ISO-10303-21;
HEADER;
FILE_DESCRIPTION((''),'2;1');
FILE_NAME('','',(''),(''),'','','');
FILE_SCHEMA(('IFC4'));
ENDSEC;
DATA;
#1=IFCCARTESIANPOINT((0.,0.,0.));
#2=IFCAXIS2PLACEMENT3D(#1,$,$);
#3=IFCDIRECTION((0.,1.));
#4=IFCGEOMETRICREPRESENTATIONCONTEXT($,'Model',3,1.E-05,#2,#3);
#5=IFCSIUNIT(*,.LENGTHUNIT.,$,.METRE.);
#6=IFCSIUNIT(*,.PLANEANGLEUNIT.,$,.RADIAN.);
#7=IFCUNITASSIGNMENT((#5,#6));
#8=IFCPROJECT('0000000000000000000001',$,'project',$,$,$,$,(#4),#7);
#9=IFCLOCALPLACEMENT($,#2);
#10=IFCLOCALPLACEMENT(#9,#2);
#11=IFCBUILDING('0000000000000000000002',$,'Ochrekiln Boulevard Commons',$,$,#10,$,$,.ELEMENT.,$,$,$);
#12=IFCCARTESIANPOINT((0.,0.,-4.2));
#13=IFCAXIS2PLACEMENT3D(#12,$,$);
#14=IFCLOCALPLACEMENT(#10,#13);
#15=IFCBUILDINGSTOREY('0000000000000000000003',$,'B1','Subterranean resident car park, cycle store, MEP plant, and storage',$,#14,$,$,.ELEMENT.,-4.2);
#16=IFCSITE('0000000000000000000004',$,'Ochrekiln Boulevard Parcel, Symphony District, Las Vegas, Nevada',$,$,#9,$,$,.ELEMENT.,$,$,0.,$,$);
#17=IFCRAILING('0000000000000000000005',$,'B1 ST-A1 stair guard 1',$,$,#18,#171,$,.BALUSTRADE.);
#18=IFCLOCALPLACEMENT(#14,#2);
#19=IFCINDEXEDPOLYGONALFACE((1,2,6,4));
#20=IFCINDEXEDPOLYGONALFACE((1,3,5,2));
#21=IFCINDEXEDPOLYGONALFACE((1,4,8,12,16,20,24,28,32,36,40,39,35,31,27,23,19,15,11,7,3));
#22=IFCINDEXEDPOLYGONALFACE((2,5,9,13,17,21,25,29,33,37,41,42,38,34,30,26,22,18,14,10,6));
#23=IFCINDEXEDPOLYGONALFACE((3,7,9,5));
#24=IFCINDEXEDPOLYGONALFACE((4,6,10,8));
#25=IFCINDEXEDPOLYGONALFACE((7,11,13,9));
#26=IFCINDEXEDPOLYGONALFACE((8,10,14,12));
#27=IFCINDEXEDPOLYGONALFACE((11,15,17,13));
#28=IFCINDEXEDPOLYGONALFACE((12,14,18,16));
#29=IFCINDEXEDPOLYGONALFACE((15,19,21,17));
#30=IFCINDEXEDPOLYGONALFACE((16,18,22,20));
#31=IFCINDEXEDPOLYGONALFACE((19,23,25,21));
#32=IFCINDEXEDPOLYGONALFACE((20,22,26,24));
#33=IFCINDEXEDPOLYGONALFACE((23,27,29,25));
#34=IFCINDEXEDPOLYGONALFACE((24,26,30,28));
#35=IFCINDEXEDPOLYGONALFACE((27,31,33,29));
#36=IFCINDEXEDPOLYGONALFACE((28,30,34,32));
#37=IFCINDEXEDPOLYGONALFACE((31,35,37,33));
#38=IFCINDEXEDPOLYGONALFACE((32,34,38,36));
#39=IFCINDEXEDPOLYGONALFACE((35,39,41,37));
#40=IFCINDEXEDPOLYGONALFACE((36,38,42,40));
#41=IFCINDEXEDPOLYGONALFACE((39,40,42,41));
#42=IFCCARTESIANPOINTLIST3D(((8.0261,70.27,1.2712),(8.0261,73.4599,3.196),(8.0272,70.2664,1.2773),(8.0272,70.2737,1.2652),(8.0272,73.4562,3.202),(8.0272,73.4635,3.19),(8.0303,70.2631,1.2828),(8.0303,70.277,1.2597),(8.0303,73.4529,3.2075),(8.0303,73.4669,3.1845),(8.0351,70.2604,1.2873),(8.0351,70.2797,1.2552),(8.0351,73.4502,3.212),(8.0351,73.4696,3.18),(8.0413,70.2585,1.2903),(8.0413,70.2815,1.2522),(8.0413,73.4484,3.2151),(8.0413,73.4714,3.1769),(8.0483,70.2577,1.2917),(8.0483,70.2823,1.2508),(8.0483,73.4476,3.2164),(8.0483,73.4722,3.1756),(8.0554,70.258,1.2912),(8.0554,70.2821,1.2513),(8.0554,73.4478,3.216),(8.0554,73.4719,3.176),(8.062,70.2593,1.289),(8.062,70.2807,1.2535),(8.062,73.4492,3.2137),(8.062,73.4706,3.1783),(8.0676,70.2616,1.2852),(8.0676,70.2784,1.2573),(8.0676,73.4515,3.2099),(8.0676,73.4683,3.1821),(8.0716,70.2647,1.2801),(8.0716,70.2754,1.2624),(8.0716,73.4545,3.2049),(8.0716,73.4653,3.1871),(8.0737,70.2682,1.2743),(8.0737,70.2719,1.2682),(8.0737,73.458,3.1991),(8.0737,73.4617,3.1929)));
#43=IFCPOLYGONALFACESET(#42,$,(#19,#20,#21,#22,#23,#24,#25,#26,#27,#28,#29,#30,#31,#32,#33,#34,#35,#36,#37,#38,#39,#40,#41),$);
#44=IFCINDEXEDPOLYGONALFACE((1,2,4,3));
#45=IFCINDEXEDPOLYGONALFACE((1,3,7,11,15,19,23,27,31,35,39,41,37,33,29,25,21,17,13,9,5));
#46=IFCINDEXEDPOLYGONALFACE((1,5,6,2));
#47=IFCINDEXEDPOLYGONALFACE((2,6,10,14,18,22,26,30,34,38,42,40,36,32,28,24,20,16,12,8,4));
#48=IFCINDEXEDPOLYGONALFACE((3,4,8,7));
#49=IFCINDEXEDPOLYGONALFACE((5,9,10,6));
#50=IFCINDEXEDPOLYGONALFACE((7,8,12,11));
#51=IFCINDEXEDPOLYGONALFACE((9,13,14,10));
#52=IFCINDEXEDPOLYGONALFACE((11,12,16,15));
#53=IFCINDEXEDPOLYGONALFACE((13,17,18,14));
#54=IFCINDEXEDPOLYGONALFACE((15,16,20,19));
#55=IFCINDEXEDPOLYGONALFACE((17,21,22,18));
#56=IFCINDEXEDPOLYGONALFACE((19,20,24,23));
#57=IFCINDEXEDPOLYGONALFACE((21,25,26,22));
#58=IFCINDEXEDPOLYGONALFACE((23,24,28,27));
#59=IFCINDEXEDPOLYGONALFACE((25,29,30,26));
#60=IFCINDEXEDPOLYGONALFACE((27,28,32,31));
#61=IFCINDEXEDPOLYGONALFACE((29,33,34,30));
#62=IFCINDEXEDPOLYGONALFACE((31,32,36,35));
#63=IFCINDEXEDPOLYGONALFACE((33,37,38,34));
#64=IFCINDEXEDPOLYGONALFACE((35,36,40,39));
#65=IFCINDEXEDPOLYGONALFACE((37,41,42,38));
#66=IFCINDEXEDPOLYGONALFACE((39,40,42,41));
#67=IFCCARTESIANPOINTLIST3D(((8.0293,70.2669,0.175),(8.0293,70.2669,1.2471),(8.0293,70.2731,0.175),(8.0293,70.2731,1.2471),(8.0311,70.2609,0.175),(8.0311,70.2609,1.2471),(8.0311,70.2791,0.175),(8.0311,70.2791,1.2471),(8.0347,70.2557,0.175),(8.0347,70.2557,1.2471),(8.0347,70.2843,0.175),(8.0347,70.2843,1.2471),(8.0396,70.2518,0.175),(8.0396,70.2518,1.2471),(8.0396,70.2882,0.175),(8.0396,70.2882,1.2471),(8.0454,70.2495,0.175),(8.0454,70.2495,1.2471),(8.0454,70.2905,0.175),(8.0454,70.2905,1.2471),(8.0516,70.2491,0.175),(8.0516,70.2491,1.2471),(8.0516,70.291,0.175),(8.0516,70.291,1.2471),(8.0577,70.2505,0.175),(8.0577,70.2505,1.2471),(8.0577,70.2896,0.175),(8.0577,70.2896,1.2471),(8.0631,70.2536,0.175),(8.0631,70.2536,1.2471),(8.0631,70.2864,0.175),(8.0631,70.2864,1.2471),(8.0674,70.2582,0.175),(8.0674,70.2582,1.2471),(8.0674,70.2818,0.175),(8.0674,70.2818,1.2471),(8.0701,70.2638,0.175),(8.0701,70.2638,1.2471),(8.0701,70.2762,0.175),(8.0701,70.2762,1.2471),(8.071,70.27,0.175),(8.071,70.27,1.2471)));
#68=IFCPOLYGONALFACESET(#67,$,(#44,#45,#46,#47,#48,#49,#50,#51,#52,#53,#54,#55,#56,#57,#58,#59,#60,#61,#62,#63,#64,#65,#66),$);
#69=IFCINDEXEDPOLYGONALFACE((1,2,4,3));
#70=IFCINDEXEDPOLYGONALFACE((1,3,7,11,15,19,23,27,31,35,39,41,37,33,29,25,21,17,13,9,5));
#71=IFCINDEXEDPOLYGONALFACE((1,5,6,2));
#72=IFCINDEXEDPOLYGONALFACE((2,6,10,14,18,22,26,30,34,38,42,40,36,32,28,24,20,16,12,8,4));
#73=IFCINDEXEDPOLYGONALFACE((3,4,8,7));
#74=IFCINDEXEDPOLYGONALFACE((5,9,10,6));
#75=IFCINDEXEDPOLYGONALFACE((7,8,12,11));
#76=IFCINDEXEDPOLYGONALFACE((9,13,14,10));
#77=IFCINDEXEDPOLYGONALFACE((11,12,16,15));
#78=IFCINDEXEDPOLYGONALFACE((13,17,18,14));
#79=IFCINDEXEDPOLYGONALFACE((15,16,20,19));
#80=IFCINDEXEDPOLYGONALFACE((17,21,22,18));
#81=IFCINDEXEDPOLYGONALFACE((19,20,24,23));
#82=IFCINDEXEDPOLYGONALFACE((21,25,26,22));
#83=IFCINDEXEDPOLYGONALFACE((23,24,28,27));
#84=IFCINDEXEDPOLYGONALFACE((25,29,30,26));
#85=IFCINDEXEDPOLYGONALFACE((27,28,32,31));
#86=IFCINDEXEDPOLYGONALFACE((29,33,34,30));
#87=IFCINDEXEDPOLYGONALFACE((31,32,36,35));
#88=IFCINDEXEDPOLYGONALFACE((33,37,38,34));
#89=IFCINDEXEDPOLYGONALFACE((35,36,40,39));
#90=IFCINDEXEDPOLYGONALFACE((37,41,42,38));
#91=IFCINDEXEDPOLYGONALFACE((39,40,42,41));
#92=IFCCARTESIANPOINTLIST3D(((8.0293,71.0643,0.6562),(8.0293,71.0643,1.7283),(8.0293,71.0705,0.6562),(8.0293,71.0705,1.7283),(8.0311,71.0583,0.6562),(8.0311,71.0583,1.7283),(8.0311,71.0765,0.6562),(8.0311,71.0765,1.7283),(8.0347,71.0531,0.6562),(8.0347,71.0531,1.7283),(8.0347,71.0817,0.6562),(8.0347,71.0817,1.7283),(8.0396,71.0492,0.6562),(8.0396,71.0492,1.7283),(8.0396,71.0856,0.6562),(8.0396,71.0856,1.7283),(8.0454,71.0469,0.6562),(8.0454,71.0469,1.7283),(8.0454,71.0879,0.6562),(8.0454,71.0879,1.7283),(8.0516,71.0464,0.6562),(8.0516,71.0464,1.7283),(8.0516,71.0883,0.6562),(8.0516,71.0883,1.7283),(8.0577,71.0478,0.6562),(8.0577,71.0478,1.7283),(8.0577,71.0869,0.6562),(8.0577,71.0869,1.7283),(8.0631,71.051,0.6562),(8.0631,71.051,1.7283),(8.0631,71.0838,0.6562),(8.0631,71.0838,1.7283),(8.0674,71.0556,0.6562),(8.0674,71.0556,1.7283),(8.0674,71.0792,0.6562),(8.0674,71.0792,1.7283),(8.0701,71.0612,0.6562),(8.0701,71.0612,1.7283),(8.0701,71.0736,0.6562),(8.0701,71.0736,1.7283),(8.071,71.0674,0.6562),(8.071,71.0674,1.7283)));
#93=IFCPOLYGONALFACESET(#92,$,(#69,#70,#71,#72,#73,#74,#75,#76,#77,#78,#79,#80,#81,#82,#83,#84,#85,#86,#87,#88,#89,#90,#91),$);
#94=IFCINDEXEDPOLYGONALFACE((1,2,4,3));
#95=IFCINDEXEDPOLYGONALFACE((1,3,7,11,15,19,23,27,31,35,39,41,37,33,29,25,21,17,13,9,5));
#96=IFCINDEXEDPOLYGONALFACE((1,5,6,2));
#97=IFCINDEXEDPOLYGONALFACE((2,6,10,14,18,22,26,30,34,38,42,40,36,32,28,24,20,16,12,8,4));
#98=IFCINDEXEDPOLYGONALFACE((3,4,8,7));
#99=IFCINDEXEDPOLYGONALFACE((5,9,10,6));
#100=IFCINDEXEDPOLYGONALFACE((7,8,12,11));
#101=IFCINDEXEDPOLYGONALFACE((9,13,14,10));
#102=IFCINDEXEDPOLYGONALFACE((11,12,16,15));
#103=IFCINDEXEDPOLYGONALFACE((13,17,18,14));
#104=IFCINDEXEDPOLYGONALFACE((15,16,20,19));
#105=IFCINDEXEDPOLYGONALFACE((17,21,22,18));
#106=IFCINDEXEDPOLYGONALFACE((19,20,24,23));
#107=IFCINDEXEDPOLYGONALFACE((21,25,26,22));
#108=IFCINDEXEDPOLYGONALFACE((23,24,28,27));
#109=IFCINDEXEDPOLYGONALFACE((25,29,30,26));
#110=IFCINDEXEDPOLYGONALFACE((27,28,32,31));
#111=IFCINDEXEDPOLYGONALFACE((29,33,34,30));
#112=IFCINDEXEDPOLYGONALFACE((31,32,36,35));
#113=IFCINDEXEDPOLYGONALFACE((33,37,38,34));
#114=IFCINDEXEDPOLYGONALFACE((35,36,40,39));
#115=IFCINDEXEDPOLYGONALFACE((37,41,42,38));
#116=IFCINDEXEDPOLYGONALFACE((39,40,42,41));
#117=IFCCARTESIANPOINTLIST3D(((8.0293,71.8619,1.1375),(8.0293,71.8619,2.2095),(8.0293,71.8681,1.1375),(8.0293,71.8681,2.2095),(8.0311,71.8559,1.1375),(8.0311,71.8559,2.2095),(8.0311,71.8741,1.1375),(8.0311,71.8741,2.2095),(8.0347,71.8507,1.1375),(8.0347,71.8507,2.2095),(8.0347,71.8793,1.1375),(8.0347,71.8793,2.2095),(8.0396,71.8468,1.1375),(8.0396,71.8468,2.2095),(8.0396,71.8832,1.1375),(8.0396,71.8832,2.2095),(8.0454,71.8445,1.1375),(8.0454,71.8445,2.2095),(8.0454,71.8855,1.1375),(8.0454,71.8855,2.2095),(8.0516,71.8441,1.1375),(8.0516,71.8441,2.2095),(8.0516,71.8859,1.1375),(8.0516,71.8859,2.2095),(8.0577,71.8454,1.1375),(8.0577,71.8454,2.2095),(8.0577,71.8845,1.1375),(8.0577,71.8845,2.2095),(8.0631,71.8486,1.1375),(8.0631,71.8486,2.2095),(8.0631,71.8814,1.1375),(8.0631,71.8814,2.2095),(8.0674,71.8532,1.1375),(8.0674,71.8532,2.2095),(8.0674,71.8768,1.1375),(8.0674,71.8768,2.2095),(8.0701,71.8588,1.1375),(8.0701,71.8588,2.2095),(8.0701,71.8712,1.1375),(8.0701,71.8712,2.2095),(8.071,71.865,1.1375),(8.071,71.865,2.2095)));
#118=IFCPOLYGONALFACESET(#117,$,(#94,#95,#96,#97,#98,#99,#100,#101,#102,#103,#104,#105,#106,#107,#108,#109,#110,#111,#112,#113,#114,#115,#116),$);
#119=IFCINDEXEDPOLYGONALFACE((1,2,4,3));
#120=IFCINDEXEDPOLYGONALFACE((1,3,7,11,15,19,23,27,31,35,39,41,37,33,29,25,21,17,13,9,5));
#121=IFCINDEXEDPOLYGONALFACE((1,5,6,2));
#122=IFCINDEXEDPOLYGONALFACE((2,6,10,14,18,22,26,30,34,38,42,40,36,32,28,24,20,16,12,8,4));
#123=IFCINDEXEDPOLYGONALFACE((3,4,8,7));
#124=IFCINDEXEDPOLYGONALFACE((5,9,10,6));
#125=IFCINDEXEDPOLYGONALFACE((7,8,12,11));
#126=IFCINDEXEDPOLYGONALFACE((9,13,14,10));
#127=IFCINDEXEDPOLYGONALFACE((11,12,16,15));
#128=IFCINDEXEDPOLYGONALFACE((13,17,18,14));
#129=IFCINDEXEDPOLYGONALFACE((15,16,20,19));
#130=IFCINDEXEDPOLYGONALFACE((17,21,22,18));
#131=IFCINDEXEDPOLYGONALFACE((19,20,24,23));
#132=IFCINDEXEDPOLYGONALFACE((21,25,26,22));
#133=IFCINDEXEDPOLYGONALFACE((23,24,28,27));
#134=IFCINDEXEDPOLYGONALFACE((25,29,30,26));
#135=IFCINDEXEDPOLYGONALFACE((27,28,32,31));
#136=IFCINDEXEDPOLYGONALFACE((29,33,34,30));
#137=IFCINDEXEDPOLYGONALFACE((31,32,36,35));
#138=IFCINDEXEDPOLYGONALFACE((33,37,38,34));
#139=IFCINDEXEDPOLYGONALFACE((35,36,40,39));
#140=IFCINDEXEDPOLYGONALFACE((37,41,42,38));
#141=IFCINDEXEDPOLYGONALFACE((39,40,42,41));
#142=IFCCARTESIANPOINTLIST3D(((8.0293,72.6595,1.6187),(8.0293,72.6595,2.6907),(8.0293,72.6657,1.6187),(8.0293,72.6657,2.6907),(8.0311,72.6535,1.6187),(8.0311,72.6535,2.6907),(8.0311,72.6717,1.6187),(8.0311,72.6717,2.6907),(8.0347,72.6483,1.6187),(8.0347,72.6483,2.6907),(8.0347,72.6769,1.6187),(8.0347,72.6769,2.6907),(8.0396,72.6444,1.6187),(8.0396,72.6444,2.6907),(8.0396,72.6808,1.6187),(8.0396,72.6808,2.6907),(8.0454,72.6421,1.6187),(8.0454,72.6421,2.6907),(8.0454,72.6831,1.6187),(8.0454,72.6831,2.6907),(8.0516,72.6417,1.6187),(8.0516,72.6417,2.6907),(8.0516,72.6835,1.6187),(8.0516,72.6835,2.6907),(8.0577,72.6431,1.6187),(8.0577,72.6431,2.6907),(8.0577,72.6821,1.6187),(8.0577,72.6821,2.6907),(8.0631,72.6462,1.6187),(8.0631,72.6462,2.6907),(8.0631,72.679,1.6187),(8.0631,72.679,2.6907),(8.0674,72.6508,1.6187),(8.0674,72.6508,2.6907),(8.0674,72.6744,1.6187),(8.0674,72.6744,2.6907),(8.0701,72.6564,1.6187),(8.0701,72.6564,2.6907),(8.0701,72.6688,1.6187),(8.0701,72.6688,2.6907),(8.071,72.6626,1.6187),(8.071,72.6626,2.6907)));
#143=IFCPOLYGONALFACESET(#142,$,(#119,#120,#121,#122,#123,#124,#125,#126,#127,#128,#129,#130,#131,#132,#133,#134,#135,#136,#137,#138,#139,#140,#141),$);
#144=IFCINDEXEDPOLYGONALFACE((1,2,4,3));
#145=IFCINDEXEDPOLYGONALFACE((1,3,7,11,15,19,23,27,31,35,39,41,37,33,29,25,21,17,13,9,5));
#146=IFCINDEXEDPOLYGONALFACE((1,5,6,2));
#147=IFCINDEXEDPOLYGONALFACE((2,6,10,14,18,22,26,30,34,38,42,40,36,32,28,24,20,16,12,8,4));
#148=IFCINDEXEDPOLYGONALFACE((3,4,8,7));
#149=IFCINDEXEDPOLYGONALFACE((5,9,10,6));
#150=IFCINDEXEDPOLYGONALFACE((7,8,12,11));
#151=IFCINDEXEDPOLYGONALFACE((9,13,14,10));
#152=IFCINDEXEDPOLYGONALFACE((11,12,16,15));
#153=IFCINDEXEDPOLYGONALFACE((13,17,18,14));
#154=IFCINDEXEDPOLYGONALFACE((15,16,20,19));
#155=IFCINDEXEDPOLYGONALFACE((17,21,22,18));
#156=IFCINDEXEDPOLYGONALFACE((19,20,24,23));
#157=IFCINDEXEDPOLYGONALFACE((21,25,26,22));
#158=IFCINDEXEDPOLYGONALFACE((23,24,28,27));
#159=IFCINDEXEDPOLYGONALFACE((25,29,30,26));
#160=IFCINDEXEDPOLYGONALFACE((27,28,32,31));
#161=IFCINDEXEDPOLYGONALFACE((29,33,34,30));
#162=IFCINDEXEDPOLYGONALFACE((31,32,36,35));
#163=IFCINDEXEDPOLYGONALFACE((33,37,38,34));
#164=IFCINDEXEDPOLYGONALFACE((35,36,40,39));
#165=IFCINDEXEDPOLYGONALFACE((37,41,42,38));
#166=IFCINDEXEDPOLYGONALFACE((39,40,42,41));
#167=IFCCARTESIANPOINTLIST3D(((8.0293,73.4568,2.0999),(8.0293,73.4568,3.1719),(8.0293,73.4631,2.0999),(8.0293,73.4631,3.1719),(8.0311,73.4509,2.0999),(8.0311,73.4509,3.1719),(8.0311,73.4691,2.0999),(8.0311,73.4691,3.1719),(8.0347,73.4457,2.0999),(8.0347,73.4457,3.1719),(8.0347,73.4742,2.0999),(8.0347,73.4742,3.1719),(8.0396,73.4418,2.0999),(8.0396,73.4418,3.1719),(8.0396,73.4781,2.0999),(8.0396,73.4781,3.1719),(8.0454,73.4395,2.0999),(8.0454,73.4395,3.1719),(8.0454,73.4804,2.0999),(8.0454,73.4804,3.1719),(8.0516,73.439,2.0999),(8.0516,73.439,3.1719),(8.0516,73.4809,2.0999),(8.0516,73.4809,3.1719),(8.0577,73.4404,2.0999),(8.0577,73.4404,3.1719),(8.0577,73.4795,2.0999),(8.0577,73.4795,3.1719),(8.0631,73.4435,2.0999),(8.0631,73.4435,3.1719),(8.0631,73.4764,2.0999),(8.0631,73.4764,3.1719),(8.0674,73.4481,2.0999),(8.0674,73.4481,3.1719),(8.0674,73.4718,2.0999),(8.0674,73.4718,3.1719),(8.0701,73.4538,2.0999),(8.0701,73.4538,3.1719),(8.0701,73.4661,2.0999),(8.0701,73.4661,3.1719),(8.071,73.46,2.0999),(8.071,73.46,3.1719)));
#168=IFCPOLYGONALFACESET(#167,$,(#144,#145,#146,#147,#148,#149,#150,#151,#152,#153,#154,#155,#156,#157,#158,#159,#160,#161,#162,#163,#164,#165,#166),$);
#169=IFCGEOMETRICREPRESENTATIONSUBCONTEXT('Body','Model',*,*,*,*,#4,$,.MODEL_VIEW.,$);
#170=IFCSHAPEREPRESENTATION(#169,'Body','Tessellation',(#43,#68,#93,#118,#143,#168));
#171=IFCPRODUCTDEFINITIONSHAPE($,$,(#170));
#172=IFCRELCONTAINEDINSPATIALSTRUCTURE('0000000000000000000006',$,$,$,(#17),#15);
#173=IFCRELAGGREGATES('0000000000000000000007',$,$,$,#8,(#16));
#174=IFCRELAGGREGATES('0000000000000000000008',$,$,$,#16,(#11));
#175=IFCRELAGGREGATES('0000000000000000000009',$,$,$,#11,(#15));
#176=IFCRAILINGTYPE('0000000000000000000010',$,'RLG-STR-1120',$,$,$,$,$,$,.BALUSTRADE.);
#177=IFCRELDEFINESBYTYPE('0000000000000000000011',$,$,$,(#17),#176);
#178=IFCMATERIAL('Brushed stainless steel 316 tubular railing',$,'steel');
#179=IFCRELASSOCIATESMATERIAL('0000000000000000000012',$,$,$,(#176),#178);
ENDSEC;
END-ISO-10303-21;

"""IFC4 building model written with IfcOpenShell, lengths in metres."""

from ifc_helpers import new_model, si_unit, direction, frame, origin, origin_2d, place, context, subcontext, project, spatial, circle, extrude, material, type_object, element, save


model = new_model("IFC4")

# Units and contexts
model_context = context("Model", 3, precision=1e-05, world=origin(), true_north=direction((0.0, 1.0)))
body_context = subcontext(model_context, "Body", "Model", "MODEL_VIEW")
ifc_project = project(units=[si_unit("LENGTHUNIT", "METRE"), si_unit("PLANEANGLEUNIT", "RADIAN")], contexts=[model_context])

# Site, building, storey
site_placement = place(None, origin())
site = spatial("IfcSite", under=ifc_project, at=site_placement, Name="Ochrekiln Boulevard Parcel, Symphony District, Las Vegas, Nevada", CompositionType="ELEMENT", RefElevation=0.0)
building_placement = place(site_placement, origin())
building = spatial("IfcBuilding", under=site, at=building_placement, Name="Ochrekiln Boulevard Commons", CompositionType="ELEMENT")
storey_placement = place(building_placement, frame((0.0, 0.0, -4.2)))
storey = spatial("IfcBuildingStorey", under=building, at=storey_placement, Name="B1", Description="Subterranean resident car park, cycle store, MEP plant, and storage", CompositionType="ELEMENT", Elevation=-4.2)

# Railing
ifc_material_1 = material(Name="Brushed stainless steel 316 tubular railing", Category="steel")
railing_type_1 = type_object("IfcRailingType", Name="RLG-STR-1120", PredefinedType="BALUSTRADE", material=ifc_material_1)
railing_1_placement = place(storey_placement, frame((8.05, 70.27, 0.175)))
element("IfcRailing", 1, at=railing_1_placement, inside=storey, type_object=railing_type_1, Name="B1 ST-A1 stair guard 1", PredefinedType="BALUSTRADE", context=body_context, shape_type="SweptSolid", body=[
    extrude(circle(Radius=0.0239, at=origin_2d()), frame((0.0, 0.0, 1.0962), z_axis=(0.0, 0.856207, 0.516633), x_axis=(-1.0, 0.0, 0.0)), (0.0, 0.0, 1.0), 3.7256),
    extrude(circle(Radius=0.021, at=origin_2d()), origin(), (0.0, 0.0, 1.0), 1.072),
    extrude(circle(Radius=0.021, at=origin_2d()), frame((0.0, 0.7974, 0.4812)), (0.0, 0.0, 1.0), 1.072),
    extrude(circle(Radius=0.021, at=origin_2d()), frame((0.0, 1.595, 0.9624)), (0.0, 0.0, 1.0), 1.072),
    extrude(circle(Radius=0.021, at=origin_2d()), frame((0.0, 2.3926, 1.4436)), (0.0, 0.0, 1.0), 1.072),
    extrude(circle(Radius=0.021, at=origin_2d()), frame((0.0, 3.1899, 1.9248)), (0.0, 0.0, 1.0), 1.072),
])

save(model, "model.ifc")
